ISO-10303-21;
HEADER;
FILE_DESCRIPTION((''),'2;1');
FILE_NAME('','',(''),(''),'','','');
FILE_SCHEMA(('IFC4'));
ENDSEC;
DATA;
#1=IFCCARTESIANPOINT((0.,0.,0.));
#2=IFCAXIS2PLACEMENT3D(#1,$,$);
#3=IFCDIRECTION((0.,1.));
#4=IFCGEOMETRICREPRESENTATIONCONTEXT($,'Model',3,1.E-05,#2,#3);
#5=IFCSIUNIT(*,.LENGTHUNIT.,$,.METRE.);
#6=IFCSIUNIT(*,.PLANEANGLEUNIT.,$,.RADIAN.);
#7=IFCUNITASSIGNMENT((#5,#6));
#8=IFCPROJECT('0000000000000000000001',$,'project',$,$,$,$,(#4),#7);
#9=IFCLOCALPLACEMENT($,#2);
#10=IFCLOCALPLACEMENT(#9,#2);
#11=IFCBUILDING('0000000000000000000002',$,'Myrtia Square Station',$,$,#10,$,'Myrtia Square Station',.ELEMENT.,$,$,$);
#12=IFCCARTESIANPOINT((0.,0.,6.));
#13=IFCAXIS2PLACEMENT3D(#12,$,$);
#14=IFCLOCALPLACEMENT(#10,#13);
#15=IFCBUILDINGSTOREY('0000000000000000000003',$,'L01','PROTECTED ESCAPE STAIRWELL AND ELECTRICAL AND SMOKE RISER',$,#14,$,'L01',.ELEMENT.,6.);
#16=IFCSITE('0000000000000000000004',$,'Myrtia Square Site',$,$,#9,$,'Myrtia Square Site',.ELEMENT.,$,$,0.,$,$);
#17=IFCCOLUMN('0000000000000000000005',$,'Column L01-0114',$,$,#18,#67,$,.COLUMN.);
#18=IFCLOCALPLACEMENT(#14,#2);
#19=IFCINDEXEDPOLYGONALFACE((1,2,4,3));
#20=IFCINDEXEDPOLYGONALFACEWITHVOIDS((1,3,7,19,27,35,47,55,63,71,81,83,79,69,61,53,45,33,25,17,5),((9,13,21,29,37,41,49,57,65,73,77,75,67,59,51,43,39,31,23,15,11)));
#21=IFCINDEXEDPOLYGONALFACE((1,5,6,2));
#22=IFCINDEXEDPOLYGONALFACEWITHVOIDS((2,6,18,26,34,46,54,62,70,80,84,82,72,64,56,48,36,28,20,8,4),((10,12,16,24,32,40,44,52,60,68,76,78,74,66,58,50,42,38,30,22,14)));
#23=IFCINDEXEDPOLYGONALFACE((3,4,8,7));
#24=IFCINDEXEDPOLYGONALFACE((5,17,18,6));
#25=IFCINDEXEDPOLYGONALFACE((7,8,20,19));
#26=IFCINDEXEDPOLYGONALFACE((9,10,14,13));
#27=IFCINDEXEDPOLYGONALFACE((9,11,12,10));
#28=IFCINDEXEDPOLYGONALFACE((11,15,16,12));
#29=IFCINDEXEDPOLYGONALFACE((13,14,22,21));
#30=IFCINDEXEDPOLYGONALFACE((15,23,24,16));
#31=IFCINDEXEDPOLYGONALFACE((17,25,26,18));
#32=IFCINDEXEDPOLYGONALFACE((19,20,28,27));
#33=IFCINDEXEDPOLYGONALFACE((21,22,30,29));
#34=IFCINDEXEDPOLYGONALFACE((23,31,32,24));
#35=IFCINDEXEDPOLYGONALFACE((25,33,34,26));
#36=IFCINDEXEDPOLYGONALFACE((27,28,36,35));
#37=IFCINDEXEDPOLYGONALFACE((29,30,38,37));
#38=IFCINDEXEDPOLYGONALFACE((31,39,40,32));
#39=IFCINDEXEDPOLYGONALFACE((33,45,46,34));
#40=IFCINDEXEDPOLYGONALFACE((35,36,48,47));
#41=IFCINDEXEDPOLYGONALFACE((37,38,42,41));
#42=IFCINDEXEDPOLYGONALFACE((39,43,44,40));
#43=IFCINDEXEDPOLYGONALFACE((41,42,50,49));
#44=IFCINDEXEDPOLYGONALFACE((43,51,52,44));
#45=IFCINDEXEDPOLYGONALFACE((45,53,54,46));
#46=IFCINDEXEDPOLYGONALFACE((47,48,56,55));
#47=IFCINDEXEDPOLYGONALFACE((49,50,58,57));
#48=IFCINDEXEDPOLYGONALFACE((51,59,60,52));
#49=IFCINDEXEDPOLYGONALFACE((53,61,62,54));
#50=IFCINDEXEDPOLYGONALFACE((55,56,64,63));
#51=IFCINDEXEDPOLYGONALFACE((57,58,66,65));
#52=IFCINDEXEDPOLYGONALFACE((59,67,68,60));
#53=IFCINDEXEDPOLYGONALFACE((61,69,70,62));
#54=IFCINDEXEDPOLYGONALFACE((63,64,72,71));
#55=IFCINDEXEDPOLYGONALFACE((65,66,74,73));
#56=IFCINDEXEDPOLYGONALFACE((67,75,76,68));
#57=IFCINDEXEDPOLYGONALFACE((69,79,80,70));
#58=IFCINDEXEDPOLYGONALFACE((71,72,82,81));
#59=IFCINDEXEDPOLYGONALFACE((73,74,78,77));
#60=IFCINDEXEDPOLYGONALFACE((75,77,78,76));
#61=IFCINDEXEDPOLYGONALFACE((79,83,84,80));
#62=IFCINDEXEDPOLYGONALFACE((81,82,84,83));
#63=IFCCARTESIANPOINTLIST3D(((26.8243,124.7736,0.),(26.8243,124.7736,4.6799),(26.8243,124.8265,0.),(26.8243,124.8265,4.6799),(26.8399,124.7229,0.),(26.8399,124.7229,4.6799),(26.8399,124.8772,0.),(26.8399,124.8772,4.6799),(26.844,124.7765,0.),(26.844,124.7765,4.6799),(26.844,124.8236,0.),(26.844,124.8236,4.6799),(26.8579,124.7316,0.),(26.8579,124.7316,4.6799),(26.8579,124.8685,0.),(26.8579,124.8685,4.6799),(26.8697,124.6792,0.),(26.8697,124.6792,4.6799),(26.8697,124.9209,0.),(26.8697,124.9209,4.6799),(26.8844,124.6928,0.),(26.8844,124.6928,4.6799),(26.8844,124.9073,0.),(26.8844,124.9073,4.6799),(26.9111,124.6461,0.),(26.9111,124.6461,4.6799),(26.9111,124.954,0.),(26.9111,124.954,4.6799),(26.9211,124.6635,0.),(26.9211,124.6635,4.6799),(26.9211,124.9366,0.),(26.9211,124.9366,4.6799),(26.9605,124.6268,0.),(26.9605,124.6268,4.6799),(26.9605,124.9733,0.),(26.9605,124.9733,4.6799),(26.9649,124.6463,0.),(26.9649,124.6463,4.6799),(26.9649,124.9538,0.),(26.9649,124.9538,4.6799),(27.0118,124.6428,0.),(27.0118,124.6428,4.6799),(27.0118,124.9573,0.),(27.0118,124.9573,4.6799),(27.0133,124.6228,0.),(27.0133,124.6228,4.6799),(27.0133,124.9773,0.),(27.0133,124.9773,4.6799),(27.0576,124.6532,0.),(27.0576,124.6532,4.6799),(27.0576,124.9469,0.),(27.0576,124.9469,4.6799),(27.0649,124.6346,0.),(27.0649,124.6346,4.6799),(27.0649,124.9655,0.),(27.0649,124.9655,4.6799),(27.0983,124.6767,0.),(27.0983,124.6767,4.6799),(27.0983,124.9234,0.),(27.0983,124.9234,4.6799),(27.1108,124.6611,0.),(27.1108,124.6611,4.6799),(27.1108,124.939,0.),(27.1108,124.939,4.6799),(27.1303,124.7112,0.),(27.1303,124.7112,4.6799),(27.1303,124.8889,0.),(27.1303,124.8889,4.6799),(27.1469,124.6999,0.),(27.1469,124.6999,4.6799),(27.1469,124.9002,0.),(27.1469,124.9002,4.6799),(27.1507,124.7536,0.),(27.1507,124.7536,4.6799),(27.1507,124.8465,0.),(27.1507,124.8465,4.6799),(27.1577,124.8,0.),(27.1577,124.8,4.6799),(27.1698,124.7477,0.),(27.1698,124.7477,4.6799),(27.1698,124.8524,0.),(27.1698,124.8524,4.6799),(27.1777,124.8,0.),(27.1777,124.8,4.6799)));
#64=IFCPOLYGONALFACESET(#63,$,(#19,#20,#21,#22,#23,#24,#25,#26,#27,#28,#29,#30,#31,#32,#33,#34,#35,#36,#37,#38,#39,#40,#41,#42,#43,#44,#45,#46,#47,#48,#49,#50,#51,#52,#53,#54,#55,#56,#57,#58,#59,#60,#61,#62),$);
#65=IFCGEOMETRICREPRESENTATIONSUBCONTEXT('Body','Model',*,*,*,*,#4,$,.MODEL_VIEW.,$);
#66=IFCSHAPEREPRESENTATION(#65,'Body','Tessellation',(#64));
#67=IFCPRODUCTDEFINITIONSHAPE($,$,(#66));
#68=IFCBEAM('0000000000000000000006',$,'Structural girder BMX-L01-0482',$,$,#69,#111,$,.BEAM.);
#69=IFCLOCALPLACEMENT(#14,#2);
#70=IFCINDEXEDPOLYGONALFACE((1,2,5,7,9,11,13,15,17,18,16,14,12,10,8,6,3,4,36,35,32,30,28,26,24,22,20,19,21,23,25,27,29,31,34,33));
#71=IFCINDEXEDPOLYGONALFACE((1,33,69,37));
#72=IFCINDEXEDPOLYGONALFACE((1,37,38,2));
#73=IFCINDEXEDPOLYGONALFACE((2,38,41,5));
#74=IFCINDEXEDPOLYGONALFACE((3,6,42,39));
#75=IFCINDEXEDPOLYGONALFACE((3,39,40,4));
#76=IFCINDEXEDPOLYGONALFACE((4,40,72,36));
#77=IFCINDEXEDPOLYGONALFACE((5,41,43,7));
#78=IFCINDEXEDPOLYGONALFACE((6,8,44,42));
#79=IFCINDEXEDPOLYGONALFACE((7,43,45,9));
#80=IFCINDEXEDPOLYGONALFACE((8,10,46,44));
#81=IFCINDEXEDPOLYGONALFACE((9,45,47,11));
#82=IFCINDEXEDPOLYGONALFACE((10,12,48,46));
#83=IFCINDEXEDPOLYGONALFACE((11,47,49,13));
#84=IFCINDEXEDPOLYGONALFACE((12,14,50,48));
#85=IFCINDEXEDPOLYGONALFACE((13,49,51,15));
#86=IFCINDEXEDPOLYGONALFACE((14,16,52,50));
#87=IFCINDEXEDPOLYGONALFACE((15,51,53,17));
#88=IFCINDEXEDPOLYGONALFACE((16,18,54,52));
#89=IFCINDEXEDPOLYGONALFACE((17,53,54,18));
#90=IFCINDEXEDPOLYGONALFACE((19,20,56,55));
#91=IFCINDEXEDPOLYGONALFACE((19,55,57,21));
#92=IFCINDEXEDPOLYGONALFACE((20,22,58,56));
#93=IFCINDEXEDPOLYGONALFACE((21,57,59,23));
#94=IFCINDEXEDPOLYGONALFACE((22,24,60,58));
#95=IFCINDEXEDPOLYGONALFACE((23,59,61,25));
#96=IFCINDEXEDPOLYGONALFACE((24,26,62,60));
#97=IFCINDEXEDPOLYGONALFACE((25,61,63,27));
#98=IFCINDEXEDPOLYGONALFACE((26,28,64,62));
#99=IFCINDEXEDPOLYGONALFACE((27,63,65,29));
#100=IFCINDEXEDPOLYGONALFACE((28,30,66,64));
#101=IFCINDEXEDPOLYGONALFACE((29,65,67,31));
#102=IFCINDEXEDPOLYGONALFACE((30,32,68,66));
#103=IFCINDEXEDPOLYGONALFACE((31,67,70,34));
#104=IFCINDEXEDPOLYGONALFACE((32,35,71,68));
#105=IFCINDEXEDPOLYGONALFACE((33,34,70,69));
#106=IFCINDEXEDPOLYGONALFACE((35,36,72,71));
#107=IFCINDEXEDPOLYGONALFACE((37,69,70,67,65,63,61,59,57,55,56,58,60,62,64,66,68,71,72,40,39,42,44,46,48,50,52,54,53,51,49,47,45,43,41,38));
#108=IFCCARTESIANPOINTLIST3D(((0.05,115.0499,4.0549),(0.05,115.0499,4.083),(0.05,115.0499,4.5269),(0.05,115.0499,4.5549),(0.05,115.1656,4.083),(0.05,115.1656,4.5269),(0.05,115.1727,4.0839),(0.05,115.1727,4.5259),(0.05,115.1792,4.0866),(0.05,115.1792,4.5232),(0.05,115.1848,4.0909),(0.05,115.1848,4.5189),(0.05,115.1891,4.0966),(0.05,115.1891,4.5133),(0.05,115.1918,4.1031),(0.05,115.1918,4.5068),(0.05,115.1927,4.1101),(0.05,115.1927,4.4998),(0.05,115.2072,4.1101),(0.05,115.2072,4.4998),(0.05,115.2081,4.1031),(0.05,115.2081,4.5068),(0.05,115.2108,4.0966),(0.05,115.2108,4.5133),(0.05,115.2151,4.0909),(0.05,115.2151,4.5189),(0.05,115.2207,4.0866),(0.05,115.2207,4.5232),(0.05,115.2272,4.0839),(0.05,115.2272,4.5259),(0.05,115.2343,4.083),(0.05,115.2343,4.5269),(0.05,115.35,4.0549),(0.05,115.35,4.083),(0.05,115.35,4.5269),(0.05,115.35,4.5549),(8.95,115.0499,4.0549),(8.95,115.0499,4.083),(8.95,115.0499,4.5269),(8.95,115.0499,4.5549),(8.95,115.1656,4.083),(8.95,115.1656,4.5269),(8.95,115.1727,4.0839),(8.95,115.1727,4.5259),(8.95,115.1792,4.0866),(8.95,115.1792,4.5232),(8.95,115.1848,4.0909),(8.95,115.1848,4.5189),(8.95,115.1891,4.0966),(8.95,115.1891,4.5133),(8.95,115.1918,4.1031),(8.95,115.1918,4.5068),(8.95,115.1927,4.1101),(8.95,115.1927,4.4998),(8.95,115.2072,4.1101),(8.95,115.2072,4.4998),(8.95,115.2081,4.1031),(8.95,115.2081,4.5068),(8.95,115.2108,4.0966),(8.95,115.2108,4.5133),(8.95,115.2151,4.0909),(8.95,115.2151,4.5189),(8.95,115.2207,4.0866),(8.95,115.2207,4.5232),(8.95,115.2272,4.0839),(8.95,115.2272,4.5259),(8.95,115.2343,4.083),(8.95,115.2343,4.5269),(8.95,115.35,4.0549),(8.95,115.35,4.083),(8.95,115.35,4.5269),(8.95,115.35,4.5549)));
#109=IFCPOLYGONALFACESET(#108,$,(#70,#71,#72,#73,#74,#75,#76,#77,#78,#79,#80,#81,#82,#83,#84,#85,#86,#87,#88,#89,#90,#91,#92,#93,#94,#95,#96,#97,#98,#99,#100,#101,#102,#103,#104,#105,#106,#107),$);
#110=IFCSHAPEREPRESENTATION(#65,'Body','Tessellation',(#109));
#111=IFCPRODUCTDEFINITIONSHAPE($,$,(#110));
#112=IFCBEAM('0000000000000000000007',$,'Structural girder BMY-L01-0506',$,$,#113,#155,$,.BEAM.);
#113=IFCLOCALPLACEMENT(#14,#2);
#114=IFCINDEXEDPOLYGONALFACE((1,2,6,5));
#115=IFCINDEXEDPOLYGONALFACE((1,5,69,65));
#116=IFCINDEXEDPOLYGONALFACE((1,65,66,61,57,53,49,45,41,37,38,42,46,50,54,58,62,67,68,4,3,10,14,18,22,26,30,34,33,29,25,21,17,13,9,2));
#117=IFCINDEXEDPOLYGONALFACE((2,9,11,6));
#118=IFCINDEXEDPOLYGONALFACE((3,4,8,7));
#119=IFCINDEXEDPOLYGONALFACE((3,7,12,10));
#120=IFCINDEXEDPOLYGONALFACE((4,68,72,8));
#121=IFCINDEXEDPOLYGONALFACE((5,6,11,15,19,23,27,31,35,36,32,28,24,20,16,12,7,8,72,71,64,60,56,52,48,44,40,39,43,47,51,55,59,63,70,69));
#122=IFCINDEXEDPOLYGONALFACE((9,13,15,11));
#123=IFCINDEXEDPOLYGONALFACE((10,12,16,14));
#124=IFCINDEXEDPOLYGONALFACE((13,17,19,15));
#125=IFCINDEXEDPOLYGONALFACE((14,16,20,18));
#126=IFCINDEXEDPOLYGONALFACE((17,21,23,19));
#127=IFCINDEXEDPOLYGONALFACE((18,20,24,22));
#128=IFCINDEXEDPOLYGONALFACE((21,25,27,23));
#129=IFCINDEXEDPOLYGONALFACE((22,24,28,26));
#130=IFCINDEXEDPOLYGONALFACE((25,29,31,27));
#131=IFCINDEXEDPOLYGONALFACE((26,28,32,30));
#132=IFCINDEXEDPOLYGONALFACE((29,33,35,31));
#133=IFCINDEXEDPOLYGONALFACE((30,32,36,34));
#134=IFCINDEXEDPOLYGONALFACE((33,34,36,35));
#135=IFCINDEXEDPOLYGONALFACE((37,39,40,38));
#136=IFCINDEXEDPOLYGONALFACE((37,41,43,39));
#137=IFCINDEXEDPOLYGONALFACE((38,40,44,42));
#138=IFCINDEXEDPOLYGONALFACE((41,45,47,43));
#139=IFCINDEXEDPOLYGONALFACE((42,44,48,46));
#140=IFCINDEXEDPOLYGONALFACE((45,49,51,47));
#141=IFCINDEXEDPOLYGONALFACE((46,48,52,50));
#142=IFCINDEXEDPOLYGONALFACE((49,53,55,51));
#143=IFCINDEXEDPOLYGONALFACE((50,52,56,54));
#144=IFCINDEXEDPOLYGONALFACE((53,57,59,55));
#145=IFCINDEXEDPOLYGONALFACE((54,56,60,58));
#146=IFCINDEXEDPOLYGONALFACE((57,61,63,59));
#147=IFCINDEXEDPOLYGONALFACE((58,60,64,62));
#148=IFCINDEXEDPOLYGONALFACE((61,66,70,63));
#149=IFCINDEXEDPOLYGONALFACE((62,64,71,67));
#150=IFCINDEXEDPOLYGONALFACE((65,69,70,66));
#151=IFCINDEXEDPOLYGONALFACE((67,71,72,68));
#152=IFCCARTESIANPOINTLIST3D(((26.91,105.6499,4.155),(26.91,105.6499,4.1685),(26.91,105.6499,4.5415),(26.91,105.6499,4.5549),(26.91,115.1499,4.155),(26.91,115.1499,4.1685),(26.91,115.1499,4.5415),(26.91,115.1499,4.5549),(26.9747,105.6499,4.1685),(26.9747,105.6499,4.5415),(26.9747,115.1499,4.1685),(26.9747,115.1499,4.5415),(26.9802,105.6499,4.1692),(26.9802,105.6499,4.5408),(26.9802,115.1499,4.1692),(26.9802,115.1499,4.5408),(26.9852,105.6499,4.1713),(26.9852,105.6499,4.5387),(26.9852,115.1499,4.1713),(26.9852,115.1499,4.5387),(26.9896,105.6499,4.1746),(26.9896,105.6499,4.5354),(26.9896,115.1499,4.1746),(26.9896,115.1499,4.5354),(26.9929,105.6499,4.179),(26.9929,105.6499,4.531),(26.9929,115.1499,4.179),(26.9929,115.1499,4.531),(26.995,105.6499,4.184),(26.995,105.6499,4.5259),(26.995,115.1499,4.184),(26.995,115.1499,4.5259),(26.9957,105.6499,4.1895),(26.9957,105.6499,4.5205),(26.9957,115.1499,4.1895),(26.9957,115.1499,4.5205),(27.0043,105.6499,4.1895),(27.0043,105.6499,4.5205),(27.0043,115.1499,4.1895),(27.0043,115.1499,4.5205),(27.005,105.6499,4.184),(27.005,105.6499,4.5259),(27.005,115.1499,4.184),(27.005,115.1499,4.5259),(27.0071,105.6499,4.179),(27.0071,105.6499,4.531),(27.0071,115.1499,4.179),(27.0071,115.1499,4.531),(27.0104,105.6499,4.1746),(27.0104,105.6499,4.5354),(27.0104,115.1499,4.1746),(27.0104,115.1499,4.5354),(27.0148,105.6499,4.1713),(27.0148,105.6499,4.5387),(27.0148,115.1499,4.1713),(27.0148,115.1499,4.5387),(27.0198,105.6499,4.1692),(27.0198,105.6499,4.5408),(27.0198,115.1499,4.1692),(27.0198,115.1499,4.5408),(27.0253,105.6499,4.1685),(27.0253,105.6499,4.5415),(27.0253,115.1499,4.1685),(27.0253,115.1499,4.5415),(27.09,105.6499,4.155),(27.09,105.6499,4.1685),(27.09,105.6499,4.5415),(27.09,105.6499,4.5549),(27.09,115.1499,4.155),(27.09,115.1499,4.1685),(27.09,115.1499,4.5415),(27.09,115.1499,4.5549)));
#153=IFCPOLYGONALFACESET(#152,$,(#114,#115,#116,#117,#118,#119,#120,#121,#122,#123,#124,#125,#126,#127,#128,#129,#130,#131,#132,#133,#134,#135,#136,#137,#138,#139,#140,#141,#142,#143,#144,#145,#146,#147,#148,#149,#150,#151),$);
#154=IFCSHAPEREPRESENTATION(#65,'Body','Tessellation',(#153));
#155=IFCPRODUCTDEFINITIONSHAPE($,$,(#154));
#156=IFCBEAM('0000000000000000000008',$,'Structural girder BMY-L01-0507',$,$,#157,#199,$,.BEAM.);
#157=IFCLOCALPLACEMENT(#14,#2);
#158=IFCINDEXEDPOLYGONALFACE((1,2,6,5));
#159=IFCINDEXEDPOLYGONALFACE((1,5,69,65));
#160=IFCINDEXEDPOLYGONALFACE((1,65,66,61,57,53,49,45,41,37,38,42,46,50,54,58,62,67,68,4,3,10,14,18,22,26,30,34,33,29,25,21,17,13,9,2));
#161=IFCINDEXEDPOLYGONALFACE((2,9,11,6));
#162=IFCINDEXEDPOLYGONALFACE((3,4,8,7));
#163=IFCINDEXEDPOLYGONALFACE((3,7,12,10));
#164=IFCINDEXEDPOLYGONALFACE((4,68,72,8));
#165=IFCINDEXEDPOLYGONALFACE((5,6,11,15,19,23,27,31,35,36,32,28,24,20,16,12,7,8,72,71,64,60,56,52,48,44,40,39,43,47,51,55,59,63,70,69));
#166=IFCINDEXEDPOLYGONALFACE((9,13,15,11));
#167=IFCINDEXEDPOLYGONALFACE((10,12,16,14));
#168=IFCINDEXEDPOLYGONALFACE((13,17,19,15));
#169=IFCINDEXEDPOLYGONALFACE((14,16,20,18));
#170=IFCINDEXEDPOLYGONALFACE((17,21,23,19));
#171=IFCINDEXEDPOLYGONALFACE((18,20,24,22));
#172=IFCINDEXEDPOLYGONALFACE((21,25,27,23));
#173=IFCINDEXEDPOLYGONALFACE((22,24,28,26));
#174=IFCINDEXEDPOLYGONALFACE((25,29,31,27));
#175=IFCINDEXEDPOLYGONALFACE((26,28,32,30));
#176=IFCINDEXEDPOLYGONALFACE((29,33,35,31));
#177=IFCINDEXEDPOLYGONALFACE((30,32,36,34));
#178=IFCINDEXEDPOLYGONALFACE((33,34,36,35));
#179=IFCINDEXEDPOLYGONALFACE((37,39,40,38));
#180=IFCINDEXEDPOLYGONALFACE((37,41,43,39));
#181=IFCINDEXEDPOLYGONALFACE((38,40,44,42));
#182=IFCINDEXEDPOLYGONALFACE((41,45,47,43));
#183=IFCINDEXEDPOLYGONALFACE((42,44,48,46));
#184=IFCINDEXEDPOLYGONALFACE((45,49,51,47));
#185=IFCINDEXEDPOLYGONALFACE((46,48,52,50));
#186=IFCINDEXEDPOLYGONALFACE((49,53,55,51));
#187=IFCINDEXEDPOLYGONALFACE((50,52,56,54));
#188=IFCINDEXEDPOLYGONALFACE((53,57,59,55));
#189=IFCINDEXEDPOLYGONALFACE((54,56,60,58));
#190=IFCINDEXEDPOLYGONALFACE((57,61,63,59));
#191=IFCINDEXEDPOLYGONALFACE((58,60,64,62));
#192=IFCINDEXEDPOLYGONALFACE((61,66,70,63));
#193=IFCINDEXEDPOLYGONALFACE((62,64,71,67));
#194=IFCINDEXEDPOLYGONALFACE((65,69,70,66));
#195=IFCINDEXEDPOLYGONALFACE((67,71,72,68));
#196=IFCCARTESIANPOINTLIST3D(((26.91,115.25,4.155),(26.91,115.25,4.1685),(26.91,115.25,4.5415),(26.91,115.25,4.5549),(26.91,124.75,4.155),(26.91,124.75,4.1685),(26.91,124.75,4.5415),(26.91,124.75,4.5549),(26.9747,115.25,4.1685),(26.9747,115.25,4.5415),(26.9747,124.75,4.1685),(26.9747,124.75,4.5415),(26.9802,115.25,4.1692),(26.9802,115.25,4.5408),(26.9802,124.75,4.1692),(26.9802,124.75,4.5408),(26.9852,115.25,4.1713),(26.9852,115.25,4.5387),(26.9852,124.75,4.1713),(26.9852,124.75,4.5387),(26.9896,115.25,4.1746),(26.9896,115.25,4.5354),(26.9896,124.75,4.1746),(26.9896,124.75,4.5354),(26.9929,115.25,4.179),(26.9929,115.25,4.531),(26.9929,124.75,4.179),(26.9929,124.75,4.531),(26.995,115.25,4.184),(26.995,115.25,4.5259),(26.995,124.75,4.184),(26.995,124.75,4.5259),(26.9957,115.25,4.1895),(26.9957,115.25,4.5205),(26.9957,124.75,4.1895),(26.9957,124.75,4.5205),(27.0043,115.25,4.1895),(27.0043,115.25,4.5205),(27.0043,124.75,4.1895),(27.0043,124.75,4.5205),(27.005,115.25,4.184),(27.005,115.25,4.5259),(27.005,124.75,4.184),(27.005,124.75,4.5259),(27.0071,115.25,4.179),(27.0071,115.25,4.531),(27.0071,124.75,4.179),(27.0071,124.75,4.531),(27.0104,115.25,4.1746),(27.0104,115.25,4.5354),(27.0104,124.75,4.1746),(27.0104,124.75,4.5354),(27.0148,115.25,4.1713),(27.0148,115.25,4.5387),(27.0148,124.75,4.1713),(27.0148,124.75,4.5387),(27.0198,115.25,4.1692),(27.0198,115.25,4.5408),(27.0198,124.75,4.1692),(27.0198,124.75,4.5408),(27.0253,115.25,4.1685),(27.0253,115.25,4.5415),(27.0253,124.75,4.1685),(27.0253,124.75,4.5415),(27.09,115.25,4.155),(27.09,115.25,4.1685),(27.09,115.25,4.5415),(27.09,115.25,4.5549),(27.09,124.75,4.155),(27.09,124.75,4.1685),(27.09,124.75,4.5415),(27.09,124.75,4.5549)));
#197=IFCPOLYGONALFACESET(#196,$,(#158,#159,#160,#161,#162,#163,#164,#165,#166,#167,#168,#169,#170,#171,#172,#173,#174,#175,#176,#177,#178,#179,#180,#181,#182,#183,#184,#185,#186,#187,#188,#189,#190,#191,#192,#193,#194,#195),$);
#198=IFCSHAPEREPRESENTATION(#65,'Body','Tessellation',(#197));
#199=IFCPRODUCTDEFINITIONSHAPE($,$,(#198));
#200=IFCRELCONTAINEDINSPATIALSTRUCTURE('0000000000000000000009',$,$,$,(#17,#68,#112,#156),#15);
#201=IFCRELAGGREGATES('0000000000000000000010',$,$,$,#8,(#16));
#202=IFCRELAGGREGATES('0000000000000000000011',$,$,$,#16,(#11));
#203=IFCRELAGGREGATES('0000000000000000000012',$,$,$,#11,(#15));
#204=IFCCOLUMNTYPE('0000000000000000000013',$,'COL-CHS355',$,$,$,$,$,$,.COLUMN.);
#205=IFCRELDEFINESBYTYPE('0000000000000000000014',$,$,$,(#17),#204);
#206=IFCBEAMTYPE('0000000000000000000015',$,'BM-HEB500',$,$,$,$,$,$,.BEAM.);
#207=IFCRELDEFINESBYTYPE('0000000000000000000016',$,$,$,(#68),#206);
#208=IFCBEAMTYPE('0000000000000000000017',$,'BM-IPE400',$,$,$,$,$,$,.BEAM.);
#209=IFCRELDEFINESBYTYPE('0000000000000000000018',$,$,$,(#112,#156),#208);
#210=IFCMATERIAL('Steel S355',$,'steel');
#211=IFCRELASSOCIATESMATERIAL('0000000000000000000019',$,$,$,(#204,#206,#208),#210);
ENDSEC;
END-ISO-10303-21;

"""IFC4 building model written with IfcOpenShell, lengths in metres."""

from ifc_helpers import new_model, si_unit, direction, frame, origin, origin_2d, place, context, subcontext, project, spatial, hollow_circle, i_section, extrude, material, material_profile, profile_set, type_object, element, save


model = new_model("IFC4")

# Units and contexts
model_context = context("Model", 3, precision=1e-05, world=origin(), true_north=direction((0.0, 1.0)))
body_context = subcontext(model_context, "Body", "Model", "MODEL_VIEW")
ifc_project = project(units=[si_unit("LENGTHUNIT", "METRE"), si_unit("PLANEANGLEUNIT", "RADIAN")], contexts=[model_context])

# Site, building, storey
site_placement = place(None, origin())
site = spatial("IfcSite", under=ifc_project, at=site_placement, Name="Myrtia Square Site", LongName="Myrtia Square Site", CompositionType="ELEMENT", RefElevation=0.0)
building_placement = place(site_placement, origin())
building = spatial("IfcBuilding", under=site, at=building_placement, Name="Myrtia Square Station", LongName="Myrtia Square Station", CompositionType="ELEMENT")
storey_placement = place(building_placement, frame((0.0, 0.0, 6.0)))
storey = spatial("IfcBuildingStorey", under=building, at=storey_placement, Name="L01", Description="PROTECTED ESCAPE STAIRWELL AND ELECTRICAL AND SMOKE RISER", LongName="L01", CompositionType="ELEMENT", Elevation=6.0)

# Column
ifc_material_1 = material(Name="Steel S355", Category="steel")
ifc_material_profile_1 = material_profile(ifc_material_1, hollow_circle(Radius=0.1777, WallThickness=0.02, at=origin_2d()), Name="CHS 355.6x20")
ifc_profile_set_1 = profile_set([ifc_material_profile_1], Name="Steel S355")
column_type = type_object("IfcColumnType", Name="COL-CHS355", PredefinedType="COLUMN", material=ifc_profile_set_1)
for number, where, z_axis, x_axis, name in (
    (1, (27.0, 124.8, 0.0), (0.0, 0.0, 1.0), (1.0, 0.0, 0.0), "Column L01-0114"),
):
    element("IfcColumn", number, at=place(storey_placement, frame(where, z_axis=z_axis, x_axis=x_axis)), inside=storey, type_object=column_type, Name=name, PredefinedType="COLUMN", context=body_context, shape_type="SweptSolid", body=[
        extrude(hollow_circle(Radius=0.1777, WallThickness=0.02, at=origin_2d()), origin(), (0.0, 0.0, 1.0), 4.6799),
    ])

# Beams
ifc_material_profile_2 = material_profile(ifc_material_1, i_section(OverallWidth=0.3, OverallDepth=0.5, WebThickness=0.0144, FlangeThickness=0.0281, FilletRadius=0.0271, at=origin_2d()), Name="HEB 500")
ifc_profile_set_2 = profile_set([ifc_material_profile_2], Name="Steel S355")
beam_type_1 = type_object("IfcBeamType", Name="BM-HEB500", PredefinedType="BEAM", material=ifc_profile_set_2)
beam_1_placement = place(storey_placement, frame((0.05, 115.2, 4.3049), z_axis=(1.0, 0.0, 0.0), x_axis=(0.0, 1.0, 0.0)))
element("IfcBeam", 2, at=beam_1_placement, inside=storey, type_object=beam_type_1, Name="Structural girder BMX-L01-0482", PredefinedType="BEAM", context=body_context, shape_type="SweptSolid", body=[
    extrude(i_section(OverallWidth=0.3, OverallDepth=0.5, WebThickness=0.0144, FlangeThickness=0.0281, FilletRadius=0.0271, at=origin_2d()), origin(), (0.0, 0.0, 1.0), 8.8999),
])
ifc_material_profile_3 = material_profile(ifc_material_1, i_section(OverallWidth=0.1799, OverallDepth=0.3999, WebThickness=0.0085, FlangeThickness=0.0134, FilletRadius=0.021, at=origin_2d()), Name="IPE 400")
ifc_profile_set_3 = profile_set([ifc_material_profile_3], Name="Steel S355")
beam_type_2 = type_object("IfcBeamType", Name="BM-IPE400", PredefinedType="BEAM", material=ifc_profile_set_3)
for number, where, z_axis, x_axis, name in (
    (3, (27.0, 105.6499, 4.355), (0.0, 1.0, 0.0), (-1.0, 0.0, 0.0), "Structural girder BMY-L01-0506"),
    (4, (27.0, 115.25, 4.355), (0.0, 1.0, 0.0), (-1.0, 0.0, 0.0), "Structural girder BMY-L01-0507"),
):
    element("IfcBeam", number, at=place(storey_placement, frame(where, z_axis=z_axis, x_axis=x_axis)), inside=storey, type_object=beam_type_2, Name=name, PredefinedType="BEAM", context=body_context, shape_type="SweptSolid", body=[
        extrude(i_section(OverallWidth=0.1799, OverallDepth=0.3999, WebThickness=0.0085, FlangeThickness=0.0134, FilletRadius=0.021, at=origin_2d()), origin(), (0.0, 0.0, 1.0), 9.5),
    ])

save(model, "model.ifc")
